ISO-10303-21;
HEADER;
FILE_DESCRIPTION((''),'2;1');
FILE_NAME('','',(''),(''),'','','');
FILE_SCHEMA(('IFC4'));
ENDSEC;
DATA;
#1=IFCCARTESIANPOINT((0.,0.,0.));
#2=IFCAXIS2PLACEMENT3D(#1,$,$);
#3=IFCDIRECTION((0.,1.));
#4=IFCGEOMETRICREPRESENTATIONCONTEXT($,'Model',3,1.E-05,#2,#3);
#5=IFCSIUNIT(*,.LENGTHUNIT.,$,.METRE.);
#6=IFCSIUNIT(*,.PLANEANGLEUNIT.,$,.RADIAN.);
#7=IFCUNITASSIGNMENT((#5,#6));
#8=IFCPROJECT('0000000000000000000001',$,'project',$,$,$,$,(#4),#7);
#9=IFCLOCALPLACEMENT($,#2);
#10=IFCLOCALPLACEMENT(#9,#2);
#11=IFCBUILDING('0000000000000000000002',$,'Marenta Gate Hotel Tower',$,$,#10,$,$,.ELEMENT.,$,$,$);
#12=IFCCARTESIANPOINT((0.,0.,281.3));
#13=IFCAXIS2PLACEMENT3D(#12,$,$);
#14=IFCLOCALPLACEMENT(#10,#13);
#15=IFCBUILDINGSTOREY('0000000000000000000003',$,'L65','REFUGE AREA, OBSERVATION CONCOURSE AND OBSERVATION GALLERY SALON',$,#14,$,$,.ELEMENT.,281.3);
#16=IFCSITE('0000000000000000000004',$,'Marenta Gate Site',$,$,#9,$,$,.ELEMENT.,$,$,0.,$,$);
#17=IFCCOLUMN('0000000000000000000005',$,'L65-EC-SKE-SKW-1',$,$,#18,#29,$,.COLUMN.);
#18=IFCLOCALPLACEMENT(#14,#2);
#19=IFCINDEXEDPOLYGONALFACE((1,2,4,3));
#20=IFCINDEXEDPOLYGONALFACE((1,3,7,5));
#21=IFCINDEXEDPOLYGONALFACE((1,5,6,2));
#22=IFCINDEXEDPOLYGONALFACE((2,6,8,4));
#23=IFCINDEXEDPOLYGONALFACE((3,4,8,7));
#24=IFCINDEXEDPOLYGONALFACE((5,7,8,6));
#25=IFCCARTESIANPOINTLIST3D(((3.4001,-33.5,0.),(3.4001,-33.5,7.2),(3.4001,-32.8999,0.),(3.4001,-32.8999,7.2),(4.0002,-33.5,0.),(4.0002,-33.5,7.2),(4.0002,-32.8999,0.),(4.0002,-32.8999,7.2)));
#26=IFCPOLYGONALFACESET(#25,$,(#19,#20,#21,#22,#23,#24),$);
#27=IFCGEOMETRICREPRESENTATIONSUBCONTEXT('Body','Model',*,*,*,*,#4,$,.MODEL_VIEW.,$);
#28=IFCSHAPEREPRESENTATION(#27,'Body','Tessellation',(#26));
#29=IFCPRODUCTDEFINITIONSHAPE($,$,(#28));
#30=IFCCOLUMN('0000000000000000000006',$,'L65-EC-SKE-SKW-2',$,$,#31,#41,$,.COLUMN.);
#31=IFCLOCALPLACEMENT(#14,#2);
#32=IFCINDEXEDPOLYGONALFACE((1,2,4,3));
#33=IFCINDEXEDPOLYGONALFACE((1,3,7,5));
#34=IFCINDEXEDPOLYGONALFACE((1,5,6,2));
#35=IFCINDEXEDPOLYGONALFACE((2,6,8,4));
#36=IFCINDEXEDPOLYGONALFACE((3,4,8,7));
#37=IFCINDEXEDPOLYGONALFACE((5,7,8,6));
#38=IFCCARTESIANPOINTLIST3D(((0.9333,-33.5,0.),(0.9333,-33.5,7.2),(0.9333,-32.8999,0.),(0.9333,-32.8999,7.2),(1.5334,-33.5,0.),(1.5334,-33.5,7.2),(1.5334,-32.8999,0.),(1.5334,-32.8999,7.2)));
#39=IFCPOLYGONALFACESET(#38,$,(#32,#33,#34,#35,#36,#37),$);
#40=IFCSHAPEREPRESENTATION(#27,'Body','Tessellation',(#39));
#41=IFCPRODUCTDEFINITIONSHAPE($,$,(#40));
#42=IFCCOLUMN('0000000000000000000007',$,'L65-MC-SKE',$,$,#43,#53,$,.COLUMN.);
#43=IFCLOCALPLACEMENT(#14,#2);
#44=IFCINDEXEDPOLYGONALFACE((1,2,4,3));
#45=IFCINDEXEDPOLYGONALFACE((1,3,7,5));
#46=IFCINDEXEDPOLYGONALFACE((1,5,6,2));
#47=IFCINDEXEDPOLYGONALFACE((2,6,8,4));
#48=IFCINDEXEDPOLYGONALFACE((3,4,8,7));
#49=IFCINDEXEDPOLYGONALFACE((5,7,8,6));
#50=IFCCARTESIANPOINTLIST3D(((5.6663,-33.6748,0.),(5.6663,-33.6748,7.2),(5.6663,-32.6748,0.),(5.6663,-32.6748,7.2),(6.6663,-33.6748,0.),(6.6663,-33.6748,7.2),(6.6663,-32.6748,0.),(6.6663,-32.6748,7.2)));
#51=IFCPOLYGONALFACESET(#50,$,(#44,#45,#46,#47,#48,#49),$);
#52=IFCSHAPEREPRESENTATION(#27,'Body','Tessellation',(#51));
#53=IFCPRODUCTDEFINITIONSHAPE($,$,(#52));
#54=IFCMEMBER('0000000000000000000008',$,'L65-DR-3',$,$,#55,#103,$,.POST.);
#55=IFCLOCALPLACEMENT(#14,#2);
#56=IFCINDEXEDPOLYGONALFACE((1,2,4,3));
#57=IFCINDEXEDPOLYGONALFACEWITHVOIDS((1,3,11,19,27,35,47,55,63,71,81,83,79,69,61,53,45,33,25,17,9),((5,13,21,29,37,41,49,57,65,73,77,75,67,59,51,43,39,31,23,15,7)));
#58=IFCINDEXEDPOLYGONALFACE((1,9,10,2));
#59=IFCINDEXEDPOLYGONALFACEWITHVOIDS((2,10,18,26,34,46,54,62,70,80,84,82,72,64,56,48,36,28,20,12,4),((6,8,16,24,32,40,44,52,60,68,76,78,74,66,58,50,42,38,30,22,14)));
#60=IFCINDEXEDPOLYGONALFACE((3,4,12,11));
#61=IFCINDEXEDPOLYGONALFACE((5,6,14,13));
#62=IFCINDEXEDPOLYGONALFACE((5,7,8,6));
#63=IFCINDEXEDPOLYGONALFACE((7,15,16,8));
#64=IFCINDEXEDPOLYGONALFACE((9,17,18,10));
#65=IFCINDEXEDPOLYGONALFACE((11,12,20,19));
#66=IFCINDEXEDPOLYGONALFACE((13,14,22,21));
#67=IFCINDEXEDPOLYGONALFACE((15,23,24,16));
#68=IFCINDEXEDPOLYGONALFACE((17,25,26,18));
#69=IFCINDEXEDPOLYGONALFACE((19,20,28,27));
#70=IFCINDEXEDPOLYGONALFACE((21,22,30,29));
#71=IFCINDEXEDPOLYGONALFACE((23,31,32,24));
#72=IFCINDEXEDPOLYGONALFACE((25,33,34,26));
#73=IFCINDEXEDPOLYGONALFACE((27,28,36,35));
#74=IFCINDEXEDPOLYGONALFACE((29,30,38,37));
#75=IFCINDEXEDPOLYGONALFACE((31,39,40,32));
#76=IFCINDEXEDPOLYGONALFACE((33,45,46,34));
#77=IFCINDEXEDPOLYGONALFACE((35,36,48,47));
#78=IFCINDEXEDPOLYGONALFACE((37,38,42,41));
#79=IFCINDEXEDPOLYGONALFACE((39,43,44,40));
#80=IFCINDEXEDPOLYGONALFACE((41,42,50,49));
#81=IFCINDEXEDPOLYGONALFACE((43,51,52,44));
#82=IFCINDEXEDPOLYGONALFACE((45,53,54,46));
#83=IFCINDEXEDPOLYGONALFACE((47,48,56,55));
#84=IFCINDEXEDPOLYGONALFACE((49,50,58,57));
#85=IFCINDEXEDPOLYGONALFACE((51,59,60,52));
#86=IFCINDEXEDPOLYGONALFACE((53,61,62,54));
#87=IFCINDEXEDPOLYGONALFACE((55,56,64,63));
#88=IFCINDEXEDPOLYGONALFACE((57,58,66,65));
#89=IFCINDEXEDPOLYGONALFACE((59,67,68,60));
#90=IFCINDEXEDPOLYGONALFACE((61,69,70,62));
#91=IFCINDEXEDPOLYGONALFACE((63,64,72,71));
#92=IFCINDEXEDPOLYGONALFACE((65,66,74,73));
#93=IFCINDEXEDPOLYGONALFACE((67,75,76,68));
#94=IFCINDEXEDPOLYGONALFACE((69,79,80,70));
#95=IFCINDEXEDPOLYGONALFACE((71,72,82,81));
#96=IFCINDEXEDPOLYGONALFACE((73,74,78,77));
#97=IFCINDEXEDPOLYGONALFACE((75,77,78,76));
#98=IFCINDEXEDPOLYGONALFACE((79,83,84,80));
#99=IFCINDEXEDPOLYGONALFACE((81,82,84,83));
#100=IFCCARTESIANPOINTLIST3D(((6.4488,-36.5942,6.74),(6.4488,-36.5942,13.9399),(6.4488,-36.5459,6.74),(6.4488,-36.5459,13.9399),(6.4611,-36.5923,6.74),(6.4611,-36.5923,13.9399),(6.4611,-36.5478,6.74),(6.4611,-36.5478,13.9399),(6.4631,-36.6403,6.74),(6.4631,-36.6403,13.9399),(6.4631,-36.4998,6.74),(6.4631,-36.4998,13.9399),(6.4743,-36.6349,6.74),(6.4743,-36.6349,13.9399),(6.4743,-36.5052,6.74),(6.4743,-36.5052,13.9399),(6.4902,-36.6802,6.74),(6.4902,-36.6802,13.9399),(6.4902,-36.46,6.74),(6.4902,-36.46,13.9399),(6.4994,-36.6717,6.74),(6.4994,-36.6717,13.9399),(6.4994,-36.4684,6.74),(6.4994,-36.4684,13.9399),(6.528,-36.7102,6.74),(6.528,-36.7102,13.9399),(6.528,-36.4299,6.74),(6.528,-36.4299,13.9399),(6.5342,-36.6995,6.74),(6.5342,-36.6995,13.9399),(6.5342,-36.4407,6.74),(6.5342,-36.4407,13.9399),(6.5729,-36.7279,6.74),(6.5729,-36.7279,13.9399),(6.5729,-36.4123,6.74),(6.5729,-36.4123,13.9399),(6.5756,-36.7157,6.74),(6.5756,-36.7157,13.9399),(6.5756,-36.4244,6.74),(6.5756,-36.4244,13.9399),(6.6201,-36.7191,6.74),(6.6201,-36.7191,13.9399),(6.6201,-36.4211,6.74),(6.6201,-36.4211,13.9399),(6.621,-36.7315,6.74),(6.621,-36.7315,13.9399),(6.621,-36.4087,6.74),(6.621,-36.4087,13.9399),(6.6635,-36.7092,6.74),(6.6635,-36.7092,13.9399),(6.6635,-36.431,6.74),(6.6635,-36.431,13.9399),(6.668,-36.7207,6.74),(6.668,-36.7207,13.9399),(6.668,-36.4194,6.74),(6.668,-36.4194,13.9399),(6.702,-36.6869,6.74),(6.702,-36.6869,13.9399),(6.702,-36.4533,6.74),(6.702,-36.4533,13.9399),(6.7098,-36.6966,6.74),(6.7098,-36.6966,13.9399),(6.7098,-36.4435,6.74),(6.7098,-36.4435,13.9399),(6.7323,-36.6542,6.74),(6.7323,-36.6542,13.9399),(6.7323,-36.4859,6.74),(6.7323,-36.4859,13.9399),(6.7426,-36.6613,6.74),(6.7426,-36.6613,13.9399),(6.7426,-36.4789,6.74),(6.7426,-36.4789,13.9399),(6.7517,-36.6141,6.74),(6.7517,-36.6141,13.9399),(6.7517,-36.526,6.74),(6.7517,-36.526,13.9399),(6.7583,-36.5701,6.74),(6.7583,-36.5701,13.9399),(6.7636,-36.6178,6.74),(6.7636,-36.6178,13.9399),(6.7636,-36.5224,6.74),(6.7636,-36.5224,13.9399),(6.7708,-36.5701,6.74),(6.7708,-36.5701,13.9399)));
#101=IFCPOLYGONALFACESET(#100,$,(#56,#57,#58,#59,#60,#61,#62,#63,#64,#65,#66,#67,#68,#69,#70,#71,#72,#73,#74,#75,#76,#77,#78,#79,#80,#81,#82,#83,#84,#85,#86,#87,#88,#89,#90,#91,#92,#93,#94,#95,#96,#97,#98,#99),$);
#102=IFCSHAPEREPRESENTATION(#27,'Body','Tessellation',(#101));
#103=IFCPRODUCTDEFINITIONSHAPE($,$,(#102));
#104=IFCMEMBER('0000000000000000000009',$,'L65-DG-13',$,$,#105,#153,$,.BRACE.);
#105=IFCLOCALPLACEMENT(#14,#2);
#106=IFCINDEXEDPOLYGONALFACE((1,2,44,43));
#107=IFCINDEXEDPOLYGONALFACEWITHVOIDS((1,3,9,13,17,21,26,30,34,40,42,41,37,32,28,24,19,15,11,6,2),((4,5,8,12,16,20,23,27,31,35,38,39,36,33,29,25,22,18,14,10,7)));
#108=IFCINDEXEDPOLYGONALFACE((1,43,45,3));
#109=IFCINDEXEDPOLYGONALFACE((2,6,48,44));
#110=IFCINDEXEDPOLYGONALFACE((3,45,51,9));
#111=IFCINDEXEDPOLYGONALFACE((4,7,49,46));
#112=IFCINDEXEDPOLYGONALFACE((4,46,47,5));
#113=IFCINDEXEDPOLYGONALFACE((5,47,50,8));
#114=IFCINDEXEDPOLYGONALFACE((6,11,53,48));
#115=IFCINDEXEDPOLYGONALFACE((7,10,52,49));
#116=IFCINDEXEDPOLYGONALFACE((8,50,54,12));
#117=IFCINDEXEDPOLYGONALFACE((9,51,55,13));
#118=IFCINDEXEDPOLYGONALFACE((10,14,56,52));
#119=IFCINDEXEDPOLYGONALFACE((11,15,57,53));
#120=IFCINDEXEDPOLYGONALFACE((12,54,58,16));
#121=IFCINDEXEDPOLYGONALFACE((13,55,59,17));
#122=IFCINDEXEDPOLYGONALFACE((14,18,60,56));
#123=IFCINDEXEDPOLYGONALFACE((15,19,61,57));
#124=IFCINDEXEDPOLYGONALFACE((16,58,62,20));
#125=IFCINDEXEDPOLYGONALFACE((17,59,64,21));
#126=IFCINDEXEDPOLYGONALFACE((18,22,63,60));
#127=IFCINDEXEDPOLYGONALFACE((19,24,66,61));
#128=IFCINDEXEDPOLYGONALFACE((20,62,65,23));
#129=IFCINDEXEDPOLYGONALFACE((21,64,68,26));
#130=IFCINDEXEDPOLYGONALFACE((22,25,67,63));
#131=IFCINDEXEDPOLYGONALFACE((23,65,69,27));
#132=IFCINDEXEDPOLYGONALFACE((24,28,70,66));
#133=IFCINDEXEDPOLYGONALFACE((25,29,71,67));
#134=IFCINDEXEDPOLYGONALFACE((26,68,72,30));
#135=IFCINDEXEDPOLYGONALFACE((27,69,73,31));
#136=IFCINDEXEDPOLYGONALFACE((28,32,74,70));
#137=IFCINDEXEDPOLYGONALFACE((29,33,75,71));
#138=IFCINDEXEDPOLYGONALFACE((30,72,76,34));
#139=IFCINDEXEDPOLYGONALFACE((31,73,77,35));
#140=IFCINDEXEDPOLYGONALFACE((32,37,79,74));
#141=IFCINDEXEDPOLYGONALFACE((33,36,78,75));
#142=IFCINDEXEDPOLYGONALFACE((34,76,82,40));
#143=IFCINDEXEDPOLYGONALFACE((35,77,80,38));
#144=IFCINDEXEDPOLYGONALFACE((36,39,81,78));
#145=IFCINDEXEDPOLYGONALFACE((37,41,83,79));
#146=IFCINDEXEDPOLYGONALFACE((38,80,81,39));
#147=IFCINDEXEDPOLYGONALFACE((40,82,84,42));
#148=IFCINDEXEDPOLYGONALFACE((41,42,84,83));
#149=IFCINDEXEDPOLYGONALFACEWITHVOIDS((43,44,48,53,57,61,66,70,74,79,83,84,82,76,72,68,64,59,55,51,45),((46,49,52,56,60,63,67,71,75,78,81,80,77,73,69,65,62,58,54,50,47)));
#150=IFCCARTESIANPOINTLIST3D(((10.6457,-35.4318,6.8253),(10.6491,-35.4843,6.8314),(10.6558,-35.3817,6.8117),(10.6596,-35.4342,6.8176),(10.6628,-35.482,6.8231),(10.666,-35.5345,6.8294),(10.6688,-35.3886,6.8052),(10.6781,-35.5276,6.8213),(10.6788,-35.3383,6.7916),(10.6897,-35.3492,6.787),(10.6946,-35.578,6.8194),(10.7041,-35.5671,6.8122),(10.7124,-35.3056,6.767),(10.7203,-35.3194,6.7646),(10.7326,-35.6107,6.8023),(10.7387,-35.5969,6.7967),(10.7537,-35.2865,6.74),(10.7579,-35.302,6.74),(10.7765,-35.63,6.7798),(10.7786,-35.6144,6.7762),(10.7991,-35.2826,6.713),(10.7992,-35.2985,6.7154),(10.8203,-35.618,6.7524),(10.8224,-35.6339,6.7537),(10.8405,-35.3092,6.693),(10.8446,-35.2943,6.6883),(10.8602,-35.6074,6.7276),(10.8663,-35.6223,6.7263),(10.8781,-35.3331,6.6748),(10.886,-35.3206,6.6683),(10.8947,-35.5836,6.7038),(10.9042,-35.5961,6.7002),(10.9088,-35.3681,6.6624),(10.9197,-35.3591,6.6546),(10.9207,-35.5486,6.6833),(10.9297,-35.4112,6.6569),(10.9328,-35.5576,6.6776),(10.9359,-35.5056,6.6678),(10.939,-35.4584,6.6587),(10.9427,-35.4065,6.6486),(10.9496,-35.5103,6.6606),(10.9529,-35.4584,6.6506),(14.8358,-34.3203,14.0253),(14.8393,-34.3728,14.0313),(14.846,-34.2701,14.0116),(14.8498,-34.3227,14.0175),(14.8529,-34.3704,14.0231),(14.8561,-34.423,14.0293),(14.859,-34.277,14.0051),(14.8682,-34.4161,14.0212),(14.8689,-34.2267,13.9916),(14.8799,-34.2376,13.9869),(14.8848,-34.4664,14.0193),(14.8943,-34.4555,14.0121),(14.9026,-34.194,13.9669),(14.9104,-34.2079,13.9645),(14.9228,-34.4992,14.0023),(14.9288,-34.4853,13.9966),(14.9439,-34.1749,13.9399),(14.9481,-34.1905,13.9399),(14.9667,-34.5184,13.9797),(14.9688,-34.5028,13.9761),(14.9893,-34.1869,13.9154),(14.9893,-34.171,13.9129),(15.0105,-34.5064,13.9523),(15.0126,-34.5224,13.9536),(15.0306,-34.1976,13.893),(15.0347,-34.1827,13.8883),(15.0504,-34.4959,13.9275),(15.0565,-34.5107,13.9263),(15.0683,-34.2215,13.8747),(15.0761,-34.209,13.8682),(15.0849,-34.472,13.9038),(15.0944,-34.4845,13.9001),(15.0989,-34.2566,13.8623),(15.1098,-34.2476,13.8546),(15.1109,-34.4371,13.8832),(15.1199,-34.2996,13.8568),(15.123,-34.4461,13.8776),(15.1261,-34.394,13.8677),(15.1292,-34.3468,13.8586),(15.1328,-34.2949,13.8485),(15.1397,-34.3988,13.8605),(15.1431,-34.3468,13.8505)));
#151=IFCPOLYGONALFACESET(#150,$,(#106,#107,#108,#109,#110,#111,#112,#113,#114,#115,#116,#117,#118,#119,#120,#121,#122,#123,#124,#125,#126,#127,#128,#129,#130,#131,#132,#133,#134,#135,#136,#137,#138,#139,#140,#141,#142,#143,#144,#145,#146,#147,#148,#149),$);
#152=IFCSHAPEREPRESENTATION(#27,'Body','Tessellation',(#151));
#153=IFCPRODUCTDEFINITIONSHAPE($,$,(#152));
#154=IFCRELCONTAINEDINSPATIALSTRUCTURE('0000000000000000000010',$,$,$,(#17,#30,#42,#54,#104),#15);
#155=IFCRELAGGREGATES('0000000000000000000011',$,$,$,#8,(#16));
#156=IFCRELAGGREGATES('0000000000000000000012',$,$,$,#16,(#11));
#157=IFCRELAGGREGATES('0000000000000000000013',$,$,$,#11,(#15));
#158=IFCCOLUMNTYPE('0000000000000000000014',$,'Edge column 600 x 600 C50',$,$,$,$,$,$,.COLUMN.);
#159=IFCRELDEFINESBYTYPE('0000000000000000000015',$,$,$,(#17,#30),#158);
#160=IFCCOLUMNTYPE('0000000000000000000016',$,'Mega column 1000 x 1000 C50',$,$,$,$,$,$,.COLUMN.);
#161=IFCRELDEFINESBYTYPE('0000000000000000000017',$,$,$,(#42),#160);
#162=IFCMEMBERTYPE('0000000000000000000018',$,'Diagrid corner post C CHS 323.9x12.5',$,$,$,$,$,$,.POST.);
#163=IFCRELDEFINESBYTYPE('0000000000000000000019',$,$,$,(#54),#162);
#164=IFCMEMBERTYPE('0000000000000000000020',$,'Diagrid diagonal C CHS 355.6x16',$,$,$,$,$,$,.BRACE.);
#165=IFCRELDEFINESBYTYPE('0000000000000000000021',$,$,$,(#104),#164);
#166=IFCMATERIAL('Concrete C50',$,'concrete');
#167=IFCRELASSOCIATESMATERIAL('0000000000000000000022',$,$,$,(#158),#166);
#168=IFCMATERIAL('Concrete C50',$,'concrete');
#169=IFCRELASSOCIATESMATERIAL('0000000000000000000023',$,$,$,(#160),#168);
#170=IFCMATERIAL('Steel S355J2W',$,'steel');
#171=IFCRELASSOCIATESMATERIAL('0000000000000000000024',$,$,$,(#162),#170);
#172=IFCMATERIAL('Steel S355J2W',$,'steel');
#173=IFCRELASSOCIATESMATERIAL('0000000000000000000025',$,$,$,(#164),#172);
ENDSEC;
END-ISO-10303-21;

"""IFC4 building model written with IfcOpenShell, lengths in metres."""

from ifc_helpers import new_model, si_unit, direction, frame, origin, origin_2d, place, context, subcontext, project, spatial, rectangle, hollow_circle, extrude, material, material_profile, profile_set, type_object, element, save


model = new_model("IFC4")

# Units and contexts
model_context = context("Model", 3, precision=1e-05, world=origin(), true_north=direction((0.0, 1.0)))
body_context = subcontext(model_context, "Body", "Model", "MODEL_VIEW")
ifc_project = project(units=[si_unit("LENGTHUNIT", "METRE"), si_unit("PLANEANGLEUNIT", "RADIAN")], contexts=[model_context])

# Site, building, storey
site_placement = place(None, origin())
site = spatial("IfcSite", under=ifc_project, at=site_placement, Name="Marenta Gate Site", CompositionType="ELEMENT", RefElevation=0.0)
building_placement = place(site_placement, origin())
building = spatial("IfcBuilding", under=site, at=building_placement, Name="Marenta Gate Hotel Tower", CompositionType="ELEMENT")
storey_placement = place(building_placement, frame((0.0, 0.0, 281.3)))
storey = spatial("IfcBuildingStorey", under=building, at=storey_placement, Name="L65", Description="REFUGE AREA, OBSERVATION CONCOURSE AND OBSERVATION GALLERY SALON", CompositionType="ELEMENT", Elevation=281.3)

# Columns
ifc_material_1 = material(Name="Concrete C50", Category="concrete")
ifc_material_profile_1 = material_profile(ifc_material_1, rectangle(XDim=0.6001, YDim=0.6001, at=origin_2d()), Name="600 x 600")
ifc_profile_set_1 = profile_set([ifc_material_profile_1], Name="Concrete C50")
column_type_1 = type_object("IfcColumnType", Name="Edge column 600 x 600 C50", PredefinedType="COLUMN", material=ifc_profile_set_1)
for number, where, z_axis, x_axis, name in (
    (1, (3.7002, -33.2, 0.0), (0.0, 0.0, 1.0), (1.0, 0.0, 0.0), "L65-EC-SKE-SKW-1"),
    (2, (1.2334, -33.2, 0.0), (0.0, 0.0, 1.0), (1.0, 0.0, 0.0), "L65-EC-SKE-SKW-2"),
):
    element("IfcColumn", number, at=place(storey_placement, frame(where, z_axis=z_axis, x_axis=x_axis)), inside=storey, type_object=column_type_1, Name=name, PredefinedType="COLUMN", context=body_context, shape_type="SweptSolid", body=[
        extrude(rectangle(XDim=0.6001, YDim=0.6001, at=origin_2d()), origin(), (0.0, 0.0, 1.0), 7.2),
    ])
ifc_material_2 = material(Name="Concrete C50", Category="concrete")
ifc_material_profile_2 = material_profile(ifc_material_2, rectangle(XDim=1.0, YDim=1.0, at=origin_2d()), Name="1000 x 1000")
ifc_profile_set_2 = profile_set([ifc_material_profile_2], Name="Concrete C50")
column_type_2 = type_object("IfcColumnType", Name="Mega column 1000 x 1000 C50", PredefinedType="COLUMN", material=ifc_profile_set_2)
column_placement = place(storey_placement, frame((6.1663, -33.1748, 0.0), z_axis=(0.0, 0.0, 1.0), x_axis=(1.0, 0.0, 0.0)))
element("IfcColumn", 3, at=column_placement, inside=storey, type_object=column_type_2, Name="L65-MC-SKE", PredefinedType="COLUMN", context=body_context, shape_type="SweptSolid", body=[
    extrude(rectangle(XDim=1.0, YDim=1.0, at=origin_2d()), origin(), (0.0, 0.0, 1.0), 7.2),
])

# Members
ifc_material_3 = material(Name="Steel S355J2W", Category="steel")
ifc_material_profile_3 = material_profile(ifc_material_3, hollow_circle(Radius=0.1619, WallThickness=0.0125, at=origin_2d()), Name="CHS 323.9x12.5")
ifc_profile_set_3 = profile_set([ifc_material_profile_3], Name="Steel S355J2W")
member_type_1 = type_object("IfcMemberType", Name="Diagrid corner post C CHS 323.9x12.5", PredefinedType="POST", material=ifc_profile_set_3)
member_1_placement = place(storey_placement, frame((6.6089, -36.5701, 6.74), z_axis=(0.0, 0.0, 1.0), x_axis=(1.0, 0.0, 0.0)))
element("IfcMember", 4, at=member_1_placement, inside=storey, type_object=member_type_1, Name="L65-DR-3", PredefinedType="POST", context=body_context, shape_type="SweptSolid", body=[
    extrude(hollow_circle(Radius=0.1619, WallThickness=0.0125, at=origin_2d()), origin(), (0.0, 0.0, 1.0), 7.2),
])
ifc_material_4 = material(Name="Steel S355J2W", Category="steel")
ifc_material_profile_4 = material_profile(ifc_material_4, hollow_circle(Radius=0.1777, WallThickness=0.0161, at=origin_2d()), Name="CHS 355.6x16")
ifc_profile_set_4 = profile_set([ifc_material_profile_4], Name="Steel S355J2W")
member_type_2 = type_object("IfcMemberType", Name="Diagrid diagonal C CHS 355.6x16", PredefinedType="BRACE", material=ifc_profile_set_4)
member_2_placement = place(storey_placement, frame((10.7993, -35.4583, 6.74), z_axis=(0.498575, 0.132262, 0.856697), x_axis=(-0.256411, 0.966568, 0.0)))
element("IfcMember", 5, at=member_2_placement, inside=storey, type_object=member_type_2, Name="L65-DG-13", PredefinedType="BRACE", context=body_context, shape_type="SweptSolid", body=[
    extrude(hollow_circle(Radius=0.1777, WallThickness=0.0161, at=origin_2d()), origin(), (0.0, 0.0, 1.0), 8.4043),
])

save(model, "model.ifc")
